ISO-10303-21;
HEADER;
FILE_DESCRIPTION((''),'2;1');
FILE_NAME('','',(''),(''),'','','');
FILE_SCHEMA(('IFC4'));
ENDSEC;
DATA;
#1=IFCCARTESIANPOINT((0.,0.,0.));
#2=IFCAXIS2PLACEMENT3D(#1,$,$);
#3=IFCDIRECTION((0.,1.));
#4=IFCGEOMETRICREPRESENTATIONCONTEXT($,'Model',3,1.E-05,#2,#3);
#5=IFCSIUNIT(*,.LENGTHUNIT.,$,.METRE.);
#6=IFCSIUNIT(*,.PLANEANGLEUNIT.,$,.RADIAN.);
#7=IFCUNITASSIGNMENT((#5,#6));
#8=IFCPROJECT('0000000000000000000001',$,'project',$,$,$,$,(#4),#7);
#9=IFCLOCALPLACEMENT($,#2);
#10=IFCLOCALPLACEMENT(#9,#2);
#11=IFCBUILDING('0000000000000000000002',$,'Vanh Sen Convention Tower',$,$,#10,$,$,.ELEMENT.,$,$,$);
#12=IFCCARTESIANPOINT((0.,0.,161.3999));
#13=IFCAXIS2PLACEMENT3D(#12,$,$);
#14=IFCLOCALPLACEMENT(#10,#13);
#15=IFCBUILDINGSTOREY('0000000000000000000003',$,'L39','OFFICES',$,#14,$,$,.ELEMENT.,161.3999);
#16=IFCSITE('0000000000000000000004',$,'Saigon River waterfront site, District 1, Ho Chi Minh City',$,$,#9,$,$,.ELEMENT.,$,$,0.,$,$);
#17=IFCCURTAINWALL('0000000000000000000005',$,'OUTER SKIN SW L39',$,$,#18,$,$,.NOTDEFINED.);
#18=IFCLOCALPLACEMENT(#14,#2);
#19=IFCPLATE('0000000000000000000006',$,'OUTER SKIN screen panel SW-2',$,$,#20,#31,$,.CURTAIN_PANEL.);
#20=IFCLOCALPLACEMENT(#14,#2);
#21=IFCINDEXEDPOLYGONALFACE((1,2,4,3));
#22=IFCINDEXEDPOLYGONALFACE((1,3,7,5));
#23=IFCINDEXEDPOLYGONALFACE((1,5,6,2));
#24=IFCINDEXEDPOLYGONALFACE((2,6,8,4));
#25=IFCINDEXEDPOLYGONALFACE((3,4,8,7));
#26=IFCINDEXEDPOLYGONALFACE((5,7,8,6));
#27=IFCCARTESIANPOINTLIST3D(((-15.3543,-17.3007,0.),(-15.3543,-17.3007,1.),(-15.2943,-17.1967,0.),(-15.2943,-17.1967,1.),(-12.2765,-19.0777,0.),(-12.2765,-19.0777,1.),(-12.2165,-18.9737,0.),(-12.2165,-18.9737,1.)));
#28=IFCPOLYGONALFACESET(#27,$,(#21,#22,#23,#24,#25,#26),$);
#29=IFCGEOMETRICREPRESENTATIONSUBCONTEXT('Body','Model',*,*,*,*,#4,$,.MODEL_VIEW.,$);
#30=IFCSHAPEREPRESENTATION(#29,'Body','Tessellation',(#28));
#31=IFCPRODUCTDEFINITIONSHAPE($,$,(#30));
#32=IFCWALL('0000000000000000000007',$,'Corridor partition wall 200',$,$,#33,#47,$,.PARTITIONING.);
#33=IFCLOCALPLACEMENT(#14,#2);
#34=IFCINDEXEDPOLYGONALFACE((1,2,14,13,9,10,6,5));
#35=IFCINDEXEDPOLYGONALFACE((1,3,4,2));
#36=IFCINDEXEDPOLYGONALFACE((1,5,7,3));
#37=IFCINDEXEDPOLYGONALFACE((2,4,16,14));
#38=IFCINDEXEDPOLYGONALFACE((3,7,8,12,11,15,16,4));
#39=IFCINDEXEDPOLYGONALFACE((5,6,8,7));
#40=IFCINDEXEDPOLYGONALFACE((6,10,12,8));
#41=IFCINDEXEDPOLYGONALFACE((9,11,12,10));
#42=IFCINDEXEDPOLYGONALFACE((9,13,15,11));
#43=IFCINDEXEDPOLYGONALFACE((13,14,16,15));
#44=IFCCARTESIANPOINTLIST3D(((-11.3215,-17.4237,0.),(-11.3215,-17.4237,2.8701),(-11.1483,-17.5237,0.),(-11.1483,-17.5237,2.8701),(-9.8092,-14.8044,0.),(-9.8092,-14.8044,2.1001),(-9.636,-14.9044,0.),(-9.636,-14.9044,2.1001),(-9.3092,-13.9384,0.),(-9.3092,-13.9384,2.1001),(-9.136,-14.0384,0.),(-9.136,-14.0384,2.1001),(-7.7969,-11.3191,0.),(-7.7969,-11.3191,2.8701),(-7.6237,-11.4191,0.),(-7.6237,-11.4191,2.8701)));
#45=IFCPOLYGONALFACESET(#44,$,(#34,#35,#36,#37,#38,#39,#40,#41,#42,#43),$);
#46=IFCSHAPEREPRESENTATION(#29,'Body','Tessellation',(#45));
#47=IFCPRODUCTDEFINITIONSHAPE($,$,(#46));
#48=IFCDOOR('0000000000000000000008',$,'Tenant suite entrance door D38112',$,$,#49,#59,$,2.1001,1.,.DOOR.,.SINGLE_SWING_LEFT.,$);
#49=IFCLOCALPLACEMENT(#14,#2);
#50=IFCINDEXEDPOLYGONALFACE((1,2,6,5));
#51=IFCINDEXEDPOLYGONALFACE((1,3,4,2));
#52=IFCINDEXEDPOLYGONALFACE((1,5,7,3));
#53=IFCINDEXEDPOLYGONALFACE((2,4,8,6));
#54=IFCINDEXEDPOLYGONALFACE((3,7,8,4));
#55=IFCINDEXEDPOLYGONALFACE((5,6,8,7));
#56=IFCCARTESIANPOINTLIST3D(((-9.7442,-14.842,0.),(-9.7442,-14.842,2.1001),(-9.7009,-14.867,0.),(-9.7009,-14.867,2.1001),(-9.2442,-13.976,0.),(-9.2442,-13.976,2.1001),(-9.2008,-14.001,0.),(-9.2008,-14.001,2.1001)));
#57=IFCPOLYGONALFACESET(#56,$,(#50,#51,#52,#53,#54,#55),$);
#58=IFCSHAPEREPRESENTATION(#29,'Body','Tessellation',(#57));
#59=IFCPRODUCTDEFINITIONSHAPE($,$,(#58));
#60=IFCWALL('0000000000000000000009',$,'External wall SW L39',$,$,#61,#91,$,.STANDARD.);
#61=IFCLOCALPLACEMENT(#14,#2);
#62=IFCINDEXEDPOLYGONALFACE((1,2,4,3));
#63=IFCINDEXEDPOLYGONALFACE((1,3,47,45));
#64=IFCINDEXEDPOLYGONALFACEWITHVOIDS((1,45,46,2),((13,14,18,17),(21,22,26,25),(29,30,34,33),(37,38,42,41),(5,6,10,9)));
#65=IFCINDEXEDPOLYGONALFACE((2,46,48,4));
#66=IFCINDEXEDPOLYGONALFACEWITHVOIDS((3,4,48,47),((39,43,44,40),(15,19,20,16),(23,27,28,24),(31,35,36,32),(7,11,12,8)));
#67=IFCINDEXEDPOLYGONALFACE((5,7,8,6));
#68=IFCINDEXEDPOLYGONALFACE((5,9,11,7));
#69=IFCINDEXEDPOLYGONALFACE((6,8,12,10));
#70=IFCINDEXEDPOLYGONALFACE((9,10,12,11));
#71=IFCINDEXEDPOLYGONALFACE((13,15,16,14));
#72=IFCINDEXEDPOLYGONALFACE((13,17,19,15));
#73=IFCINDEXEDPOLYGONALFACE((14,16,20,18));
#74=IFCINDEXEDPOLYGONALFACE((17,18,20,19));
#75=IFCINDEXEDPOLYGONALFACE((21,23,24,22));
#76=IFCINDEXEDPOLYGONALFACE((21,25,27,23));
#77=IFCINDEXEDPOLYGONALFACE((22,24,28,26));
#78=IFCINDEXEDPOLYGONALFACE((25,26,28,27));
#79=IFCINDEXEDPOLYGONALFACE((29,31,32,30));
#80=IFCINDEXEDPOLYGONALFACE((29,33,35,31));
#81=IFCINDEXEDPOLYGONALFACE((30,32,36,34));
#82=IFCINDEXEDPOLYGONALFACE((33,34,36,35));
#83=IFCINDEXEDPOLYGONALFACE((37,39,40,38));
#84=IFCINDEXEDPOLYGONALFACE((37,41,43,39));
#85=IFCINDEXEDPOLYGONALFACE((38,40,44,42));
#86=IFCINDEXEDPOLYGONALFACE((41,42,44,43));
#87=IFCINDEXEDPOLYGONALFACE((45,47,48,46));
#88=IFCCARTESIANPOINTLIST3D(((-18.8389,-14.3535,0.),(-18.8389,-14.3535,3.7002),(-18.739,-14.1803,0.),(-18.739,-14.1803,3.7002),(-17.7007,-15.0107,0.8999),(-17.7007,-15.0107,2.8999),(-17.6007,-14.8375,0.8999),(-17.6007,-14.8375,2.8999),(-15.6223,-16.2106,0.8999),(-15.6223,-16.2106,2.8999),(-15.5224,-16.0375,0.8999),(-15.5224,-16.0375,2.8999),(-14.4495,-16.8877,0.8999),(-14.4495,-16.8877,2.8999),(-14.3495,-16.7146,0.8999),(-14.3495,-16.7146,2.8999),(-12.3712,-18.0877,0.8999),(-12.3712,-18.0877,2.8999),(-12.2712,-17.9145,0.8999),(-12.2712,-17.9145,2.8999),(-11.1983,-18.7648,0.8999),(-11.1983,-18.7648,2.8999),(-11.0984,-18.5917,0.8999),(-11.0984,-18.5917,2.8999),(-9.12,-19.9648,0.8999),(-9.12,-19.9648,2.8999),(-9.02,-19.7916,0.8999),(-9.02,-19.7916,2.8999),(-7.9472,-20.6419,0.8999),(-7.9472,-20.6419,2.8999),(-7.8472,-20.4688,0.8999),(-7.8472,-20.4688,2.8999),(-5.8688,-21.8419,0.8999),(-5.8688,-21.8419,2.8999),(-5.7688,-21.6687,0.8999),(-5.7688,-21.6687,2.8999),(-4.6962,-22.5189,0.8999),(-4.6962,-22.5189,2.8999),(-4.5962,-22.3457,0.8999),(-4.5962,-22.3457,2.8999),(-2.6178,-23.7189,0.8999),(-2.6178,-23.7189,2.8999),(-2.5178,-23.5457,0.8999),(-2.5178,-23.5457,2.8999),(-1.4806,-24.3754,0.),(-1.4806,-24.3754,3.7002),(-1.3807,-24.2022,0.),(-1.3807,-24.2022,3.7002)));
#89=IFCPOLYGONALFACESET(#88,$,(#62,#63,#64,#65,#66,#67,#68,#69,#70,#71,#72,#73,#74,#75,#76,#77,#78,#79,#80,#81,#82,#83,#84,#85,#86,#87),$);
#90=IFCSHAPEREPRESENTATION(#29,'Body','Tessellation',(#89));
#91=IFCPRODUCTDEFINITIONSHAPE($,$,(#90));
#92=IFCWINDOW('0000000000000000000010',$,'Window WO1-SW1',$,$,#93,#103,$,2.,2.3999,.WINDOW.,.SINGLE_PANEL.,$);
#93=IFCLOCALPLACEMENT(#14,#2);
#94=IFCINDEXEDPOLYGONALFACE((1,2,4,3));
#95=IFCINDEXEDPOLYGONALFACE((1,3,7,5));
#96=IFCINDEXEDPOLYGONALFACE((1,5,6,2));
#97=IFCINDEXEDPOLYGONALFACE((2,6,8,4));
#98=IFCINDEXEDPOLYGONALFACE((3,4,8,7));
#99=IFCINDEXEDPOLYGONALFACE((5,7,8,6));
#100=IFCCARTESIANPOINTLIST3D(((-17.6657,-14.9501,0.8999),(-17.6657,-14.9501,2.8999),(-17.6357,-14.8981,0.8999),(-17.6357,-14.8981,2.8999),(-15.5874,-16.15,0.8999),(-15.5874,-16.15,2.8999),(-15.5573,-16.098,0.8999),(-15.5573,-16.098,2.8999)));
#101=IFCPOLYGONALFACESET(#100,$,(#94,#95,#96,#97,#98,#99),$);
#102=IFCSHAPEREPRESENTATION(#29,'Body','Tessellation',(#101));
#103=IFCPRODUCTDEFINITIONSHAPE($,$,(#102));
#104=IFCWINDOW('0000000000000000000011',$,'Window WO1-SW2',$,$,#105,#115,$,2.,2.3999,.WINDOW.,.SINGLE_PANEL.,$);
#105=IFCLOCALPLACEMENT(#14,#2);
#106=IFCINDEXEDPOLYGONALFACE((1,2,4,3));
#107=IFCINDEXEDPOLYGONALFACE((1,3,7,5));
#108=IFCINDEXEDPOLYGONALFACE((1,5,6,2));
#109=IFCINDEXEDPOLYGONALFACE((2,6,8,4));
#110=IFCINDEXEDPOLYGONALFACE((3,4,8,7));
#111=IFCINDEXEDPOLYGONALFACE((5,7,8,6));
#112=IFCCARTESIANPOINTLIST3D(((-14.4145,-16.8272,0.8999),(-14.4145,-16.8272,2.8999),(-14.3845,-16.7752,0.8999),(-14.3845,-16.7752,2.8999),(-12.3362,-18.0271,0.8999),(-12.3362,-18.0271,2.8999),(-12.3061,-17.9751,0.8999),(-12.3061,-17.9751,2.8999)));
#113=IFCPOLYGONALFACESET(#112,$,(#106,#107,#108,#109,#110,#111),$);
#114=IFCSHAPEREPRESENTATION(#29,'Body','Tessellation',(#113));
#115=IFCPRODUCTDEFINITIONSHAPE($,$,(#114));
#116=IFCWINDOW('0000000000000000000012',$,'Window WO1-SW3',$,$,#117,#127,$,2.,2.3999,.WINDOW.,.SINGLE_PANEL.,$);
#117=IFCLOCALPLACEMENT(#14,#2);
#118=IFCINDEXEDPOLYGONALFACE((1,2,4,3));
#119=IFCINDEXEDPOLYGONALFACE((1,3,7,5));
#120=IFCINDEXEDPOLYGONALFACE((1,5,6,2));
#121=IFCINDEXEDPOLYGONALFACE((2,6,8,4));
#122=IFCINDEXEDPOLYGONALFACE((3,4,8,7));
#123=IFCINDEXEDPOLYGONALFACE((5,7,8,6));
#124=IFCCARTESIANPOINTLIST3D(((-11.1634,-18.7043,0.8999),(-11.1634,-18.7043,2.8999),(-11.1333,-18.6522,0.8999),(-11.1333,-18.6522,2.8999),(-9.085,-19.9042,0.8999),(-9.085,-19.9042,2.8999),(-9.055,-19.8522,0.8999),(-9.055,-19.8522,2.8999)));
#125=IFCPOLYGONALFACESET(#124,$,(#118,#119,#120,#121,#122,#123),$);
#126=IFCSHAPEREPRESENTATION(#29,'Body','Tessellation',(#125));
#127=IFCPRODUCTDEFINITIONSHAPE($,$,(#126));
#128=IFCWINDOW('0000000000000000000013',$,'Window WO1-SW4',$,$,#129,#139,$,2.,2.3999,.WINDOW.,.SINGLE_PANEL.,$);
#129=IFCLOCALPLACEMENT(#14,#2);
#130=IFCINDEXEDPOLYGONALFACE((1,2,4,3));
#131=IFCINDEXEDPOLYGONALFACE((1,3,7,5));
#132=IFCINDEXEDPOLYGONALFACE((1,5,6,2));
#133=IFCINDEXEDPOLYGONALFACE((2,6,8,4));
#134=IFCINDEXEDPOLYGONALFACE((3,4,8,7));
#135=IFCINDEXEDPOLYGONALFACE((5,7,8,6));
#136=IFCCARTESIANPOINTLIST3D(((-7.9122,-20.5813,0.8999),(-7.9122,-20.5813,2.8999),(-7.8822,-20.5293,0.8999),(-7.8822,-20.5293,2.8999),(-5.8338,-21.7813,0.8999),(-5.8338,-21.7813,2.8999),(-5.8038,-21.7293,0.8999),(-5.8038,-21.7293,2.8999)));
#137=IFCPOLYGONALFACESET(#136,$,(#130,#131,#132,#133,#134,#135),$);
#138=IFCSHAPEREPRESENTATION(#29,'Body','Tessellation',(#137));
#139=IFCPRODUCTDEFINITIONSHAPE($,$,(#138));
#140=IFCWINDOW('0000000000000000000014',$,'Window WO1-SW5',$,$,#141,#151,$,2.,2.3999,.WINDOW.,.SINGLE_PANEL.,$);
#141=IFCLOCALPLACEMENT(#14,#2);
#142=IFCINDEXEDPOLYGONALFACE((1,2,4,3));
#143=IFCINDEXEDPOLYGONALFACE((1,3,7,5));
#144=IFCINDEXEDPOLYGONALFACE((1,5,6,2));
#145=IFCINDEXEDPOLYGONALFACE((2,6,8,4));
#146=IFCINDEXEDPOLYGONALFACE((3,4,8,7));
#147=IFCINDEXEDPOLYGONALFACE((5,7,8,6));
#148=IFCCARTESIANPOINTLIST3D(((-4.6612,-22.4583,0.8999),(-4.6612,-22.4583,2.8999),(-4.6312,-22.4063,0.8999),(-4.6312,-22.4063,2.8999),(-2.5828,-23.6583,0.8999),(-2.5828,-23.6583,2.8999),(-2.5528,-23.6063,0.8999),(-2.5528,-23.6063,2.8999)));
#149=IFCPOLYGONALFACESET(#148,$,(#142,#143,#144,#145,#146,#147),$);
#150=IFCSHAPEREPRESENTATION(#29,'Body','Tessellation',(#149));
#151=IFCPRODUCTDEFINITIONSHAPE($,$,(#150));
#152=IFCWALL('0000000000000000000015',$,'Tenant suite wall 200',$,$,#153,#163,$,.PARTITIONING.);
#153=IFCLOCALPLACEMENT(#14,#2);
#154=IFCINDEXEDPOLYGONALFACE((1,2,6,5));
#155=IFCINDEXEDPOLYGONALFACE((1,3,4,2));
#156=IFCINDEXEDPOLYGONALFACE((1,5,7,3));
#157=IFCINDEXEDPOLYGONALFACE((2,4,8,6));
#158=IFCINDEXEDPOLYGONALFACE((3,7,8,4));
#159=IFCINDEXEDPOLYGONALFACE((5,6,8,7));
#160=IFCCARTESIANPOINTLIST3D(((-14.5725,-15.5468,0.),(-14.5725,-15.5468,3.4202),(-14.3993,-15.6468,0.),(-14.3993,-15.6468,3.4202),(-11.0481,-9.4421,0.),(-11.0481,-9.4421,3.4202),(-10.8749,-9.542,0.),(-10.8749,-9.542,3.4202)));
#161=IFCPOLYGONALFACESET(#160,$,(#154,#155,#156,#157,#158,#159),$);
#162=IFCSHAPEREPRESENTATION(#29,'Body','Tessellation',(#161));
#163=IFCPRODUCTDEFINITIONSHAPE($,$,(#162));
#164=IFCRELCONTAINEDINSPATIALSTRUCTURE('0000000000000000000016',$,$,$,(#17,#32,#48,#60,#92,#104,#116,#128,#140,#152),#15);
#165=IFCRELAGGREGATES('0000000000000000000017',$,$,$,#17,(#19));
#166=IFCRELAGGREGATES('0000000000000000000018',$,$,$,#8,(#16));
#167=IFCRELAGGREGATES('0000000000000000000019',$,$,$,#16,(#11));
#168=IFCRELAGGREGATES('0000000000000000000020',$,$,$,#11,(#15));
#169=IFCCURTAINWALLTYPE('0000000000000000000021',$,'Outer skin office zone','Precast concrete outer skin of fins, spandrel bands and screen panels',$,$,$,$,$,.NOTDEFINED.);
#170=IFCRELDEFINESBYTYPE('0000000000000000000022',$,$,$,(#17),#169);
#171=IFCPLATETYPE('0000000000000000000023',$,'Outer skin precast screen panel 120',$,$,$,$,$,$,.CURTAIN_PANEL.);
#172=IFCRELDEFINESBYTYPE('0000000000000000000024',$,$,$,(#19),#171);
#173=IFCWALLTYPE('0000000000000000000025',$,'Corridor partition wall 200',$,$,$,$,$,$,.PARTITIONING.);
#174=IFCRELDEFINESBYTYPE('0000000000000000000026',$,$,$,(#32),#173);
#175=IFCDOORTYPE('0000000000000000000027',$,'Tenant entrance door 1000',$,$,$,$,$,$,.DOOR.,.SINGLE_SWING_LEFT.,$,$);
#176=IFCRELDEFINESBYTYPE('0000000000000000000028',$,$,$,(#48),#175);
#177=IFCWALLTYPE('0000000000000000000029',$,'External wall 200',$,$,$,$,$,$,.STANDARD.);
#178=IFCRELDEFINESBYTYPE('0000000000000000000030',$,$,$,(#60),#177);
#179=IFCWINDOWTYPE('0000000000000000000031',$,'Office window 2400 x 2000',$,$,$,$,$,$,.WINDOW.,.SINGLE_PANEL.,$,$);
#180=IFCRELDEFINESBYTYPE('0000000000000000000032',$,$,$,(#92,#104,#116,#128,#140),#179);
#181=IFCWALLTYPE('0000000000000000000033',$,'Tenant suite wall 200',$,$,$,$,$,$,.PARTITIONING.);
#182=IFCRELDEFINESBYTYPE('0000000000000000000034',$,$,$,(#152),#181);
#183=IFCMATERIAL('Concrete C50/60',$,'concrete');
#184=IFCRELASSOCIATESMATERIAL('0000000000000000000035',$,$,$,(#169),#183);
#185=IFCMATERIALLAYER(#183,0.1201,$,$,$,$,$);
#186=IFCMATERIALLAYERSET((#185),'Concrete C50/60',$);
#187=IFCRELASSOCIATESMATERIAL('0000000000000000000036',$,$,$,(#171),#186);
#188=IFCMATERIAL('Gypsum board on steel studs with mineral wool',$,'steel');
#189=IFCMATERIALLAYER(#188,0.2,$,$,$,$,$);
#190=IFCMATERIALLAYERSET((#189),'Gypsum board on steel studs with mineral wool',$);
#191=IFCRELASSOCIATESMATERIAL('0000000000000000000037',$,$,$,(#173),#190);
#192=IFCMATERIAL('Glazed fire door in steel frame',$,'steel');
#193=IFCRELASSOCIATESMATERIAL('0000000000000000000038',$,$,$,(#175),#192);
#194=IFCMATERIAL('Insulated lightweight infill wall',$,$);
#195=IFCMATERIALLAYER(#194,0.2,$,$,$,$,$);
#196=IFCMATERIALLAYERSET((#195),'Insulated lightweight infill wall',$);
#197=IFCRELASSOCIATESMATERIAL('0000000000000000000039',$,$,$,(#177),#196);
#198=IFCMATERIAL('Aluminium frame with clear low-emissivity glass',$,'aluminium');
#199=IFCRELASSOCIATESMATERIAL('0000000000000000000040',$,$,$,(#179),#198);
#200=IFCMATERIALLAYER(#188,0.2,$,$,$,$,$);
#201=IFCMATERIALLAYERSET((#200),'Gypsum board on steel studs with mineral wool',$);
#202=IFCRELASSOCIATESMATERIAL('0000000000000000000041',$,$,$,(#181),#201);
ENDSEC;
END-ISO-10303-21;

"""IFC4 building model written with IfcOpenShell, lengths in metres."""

from ifc_helpers import new_model, si_unit, direction, frame, frame_2d, origin, origin_2d, place, context, subcontext, project, spatial, rectangle, extrude, material, layer, layer_set, type_object, element, fill, aggregate, save


model = new_model("IFC4")

# Units and contexts
model_context = context("Model", 3, precision=1e-05, world=origin(), true_north=direction((0.0, 1.0)))
body_context = subcontext(model_context, "Body", "Model", "MODEL_VIEW")
ifc_project = project(units=[si_unit("LENGTHUNIT", "METRE"), si_unit("PLANEANGLEUNIT", "RADIAN")], contexts=[model_context])

# Site, building, storey
site_placement = place(None, origin())
site = spatial("IfcSite", under=ifc_project, at=site_placement, Name="Saigon River waterfront site, District 1, Ho Chi Minh City", CompositionType="ELEMENT", RefElevation=0.0)
building_placement = place(site_placement, origin())
building = spatial("IfcBuilding", under=site, at=building_placement, Name="Vanh Sen Convention Tower", CompositionType="ELEMENT")
storey_placement = place(building_placement, frame((0.0, 0.0, 161.3999)))
storey = spatial("IfcBuildingStorey", under=building, at=storey_placement, Name="L39", Description="OFFICES", CompositionType="ELEMENT", Elevation=161.3999)

# Curtain wall
ifc_material_1 = material(Name="Concrete C50/60", Category="concrete")
curtain_wall_type = type_object("IfcCurtainWallType", Name="Outer skin office zone", Description="Precast concrete outer skin of fins, spandrel bands and screen panels", PredefinedType="NOTDEFINED", material=ifc_material_1)
curtain_wall_placement = place(storey_placement, origin())
curtain_wall = element("IfcCurtainWall", 1, at=curtain_wall_placement, inside=storey, type_object=curtain_wall_type, Name="OUTER SKIN SW L39", PredefinedType="NOTDEFINED")

# Plate
ifc_layer_1 = layer(ifc_material_1, 0.1201)
ifc_layer_set_1 = layer_set([ifc_layer_1], Name="Concrete C50/60")
plate_type = type_object("IfcPlateType", Name="Outer skin precast screen panel 120", PredefinedType="CURTAIN_PANEL", material=ifc_layer_set_1)
plate_1_placement = place(storey_placement, frame((-13.7854, -18.1372, 0.0), z_axis=(0.0, 0.0, 1.0), x_axis=(0.866028, -0.499995, 0.0)))
plate_1 = element("IfcPlate", 2, at=plate_1_placement, type_object=plate_type, Name="OUTER SKIN screen panel SW-2", PredefinedType="CURTAIN_PANEL", context=body_context, shape_type="SweptSolid", body=[
    extrude(rectangle(XDim=3.554, YDim=0.1201, at=origin_2d()), origin(), (0.0, 0.0, 1.0), 1.0),
])
aggregate(curtain_wall, [plate_1])

# Wall, opening, door
ifc_material_2 = material(Name="Gypsum board on steel studs with mineral wool", Category="steel")
ifc_layer_2 = layer(ifc_material_2, 0.2)
ifc_layer_set_2 = layer_set([ifc_layer_2], Name="Gypsum board on steel studs with mineral wool")
wall_type_1 = type_object("IfcWallType", Name="Corridor partition wall 200", PredefinedType="PARTITIONING", material=ifc_layer_set_2)
wall_1_placement = place(storey_placement, frame((-11.2349, -17.4736, 0.0), z_axis=(0.0, 0.0, 1.0), x_axis=(0.500009, 0.86602, 0.0)))
wall_1 = element("IfcWall", 3, at=wall_1_placement, inside=storey, type_object=wall_type_1, Name="Corridor partition wall 200", PredefinedType="PARTITIONING", context=body_context, shape_type="SweptSolid", body=[
    extrude(rectangle(XDim=7.0491, YDim=0.2, at=frame_2d((3.5244, 0.0))), origin(), (0.0, 0.0, 1.0), 2.8701),
])
opening_1_placement = place(wall_1_placement, frame((3.0244, 0.0, 0.0)))
opening_1 = element("IfcOpeningElement", 4, at=opening_1_placement, cuts=wall_1, PredefinedType="OPENING", context=body_context, shape_type="SweptSolid", body=[
    extrude(rectangle(XDim=1.0, YDim=2.1001, at=frame_2d((0.5, 1.05))), frame((0.0, 0.1099, 0.0), z_axis=(0.0, -1.0, 0.0), x_axis=(1.0, 0.0, 0.0)), (0.0, 0.0, 1.0), 0.22),
])
ifc_material_3 = material(Name="Glazed fire door in steel frame", Category="steel")
door_type = type_object("IfcDoorType", Name="Tenant entrance door 1000", OperationType="SINGLE_SWING_LEFT", PredefinedType="DOOR", material=ifc_material_3)
door_placement = place(opening_1_placement, origin())
door = element("IfcDoor", 5, at=door_placement, inside=storey, type_object=door_type, Name="Tenant suite entrance door D38112", OperationType="SINGLE_SWING_LEFT", OverallHeight=2.1001, OverallWidth=1.0, PredefinedType="DOOR", context=body_context, shape_type="SweptSolid", body=[
    extrude(rectangle(XDim=1.0, YDim=2.1001, at=frame_2d((0.5, 1.05))), frame((0.0, 0.0249, 0.0), z_axis=(0.0, -1.0, 0.0), x_axis=(1.0, 0.0, 0.0)), (0.0, 0.0, 1.0), 0.05),
])
fill(opening_1, door)

# Wall, openings, windows
ifc_material_4 = material(Name="Insulated lightweight infill wall")
ifc_layer_3 = layer(ifc_material_4, 0.2)
ifc_layer_set_3 = layer_set([ifc_layer_3], Name="Insulated lightweight infill wall")
wall_type_2 = type_object("IfcWallType", Name="External wall 200", PredefinedType="STANDARD", material=ifc_layer_set_3)
wall_2_placement = place(storey_placement, frame((-18.7891, -14.2668, 0.0), z_axis=(0.0, 0.0, 1.0), x_axis=(0.866023, -0.500004, 0.0)))
wall_2 = element("IfcWall", 6, at=wall_2_placement, inside=storey, type_object=wall_type_2, Name="External wall SW L39", PredefinedType="STANDARD", context=body_context, shape_type="SweptSolid", body=[
    extrude(rectangle(XDim=20.0437, YDim=0.2, at=frame_2d((10.022, 0.0))), origin(), (0.0, 0.0, 1.0), 3.7002),
])
opening_2_placement = place(wall_2_placement, frame((1.3145, 0.0, 0.8999)))
opening_2 = element("IfcOpeningElement", 7, at=opening_2_placement, cuts=wall_2, PredefinedType="OPENING", context=body_context, shape_type="SweptSolid", body=[
    extrude(rectangle(XDim=2.3999, YDim=2.0, at=frame_2d((1.2, 1.0))), frame((0.0, 0.1099, 0.0), z_axis=(0.0, -1.0, 0.0), x_axis=(1.0, 0.0, 0.0)), (0.0, 0.0, 1.0), 0.22),
])
opening_3_placement = place(wall_2_placement, frame((5.0686, 0.0, 0.8999)))
opening_3 = element("IfcOpeningElement", 8, at=opening_3_placement, cuts=wall_2, PredefinedType="OPENING", context=body_context, shape_type="SweptSolid", body=[
    extrude(rectangle(XDim=2.3999, YDim=2.0, at=frame_2d((1.2, 1.0))), frame((0.0, 0.1099, 0.0), z_axis=(0.0, -1.0, 0.0), x_axis=(1.0, 0.0, 0.0)), (0.0, 0.0, 1.0), 0.22),
])
opening_4_placement = place(wall_2_placement, frame((8.8228, 0.0, 0.8999)))
opening_4 = element("IfcOpeningElement", 9, at=opening_4_placement, cuts=wall_2, PredefinedType="OPENING", context=body_context, shape_type="SweptSolid", body=[
    extrude(rectangle(XDim=2.3999, YDim=2.0, at=frame_2d((1.2, 1.0))), frame((0.0, 0.1099, 0.0), z_axis=(0.0, -1.0, 0.0), x_axis=(1.0, 0.0, 0.0)), (0.0, 0.0, 1.0), 0.22),
])
opening_5_placement = place(wall_2_placement, frame((12.5769, 0.0, 0.8999)))
opening_5 = element("IfcOpeningElement", 10, at=opening_5_placement, cuts=wall_2, PredefinedType="OPENING", context=body_context, shape_type="SweptSolid", body=[
    extrude(rectangle(XDim=2.3999, YDim=2.0, at=frame_2d((1.2, 1.0))), frame((0.0, 0.1099, 0.0), z_axis=(0.0, -1.0, 0.0), x_axis=(1.0, 0.0, 0.0)), (0.0, 0.0, 1.0), 0.22),
])
opening_6_placement = place(wall_2_placement, frame((16.3308, 0.0, 0.8999)))
opening_6 = element("IfcOpeningElement", 11, at=opening_6_placement, cuts=wall_2, PredefinedType="OPENING", context=body_context, shape_type="SweptSolid", body=[
    extrude(rectangle(XDim=2.3999, YDim=2.0, at=frame_2d((1.2, 1.0))), frame((0.0, 0.1099, 0.0), z_axis=(0.0, -1.0, 0.0), x_axis=(1.0, 0.0, 0.0)), (0.0, 0.0, 1.0), 0.22),
])
ifc_material_5 = material(Name="Aluminium frame with clear low-emissivity glass", Category="aluminium")
window_type = type_object("IfcWindowType", Name="Office window 2400 x 2000", PartitioningType="SINGLE_PANEL", PredefinedType="WINDOW", material=ifc_material_5)
window_1_placement = place(opening_2_placement, origin())
window_1 = element("IfcWindow", 12, at=window_1_placement, inside=storey, type_object=window_type, Name="Window WO1-SW1", OverallHeight=2.0, OverallWidth=2.3999, PartitioningType="SINGLE_PANEL", PredefinedType="WINDOW", context=body_context, shape_type="SweptSolid", body=[
    extrude(rectangle(XDim=2.3999, YDim=2.0, at=frame_2d((1.2, 1.0))), frame((0.0, 0.03, 0.0), z_axis=(0.0, -1.0, 0.0), x_axis=(1.0, 0.0, 0.0)), (0.0, 0.0, 1.0), 0.0601),
])
fill(opening_2, window_1)
window_2_placement = place(opening_3_placement, origin())
window_2 = element("IfcWindow", 13, at=window_2_placement, inside=storey, type_object=window_type, Name="Window WO1-SW2", OverallHeight=2.0, OverallWidth=2.3999, PartitioningType="SINGLE_PANEL", PredefinedType="WINDOW", context=body_context, shape_type="SweptSolid", body=[
    extrude(rectangle(XDim=2.3999, YDim=2.0, at=frame_2d((1.2, 1.0))), frame((0.0, 0.03, 0.0), z_axis=(0.0, -1.0, 0.0), x_axis=(1.0, 0.0, 0.0)), (0.0, 0.0, 1.0), 0.0601),
])
fill(opening_3, window_2)
window_3_placement = place(opening_4_placement, origin())
window_3 = element("IfcWindow", 14, at=window_3_placement, inside=storey, type_object=window_type, Name="Window WO1-SW3", OverallHeight=2.0, OverallWidth=2.3999, PartitioningType="SINGLE_PANEL", PredefinedType="WINDOW", context=body_context, shape_type="SweptSolid", body=[
    extrude(rectangle(XDim=2.3999, YDim=2.0, at=frame_2d((1.2, 1.0))), frame((0.0, 0.03, 0.0), z_axis=(0.0, -1.0, 0.0), x_axis=(1.0, 0.0, 0.0)), (0.0, 0.0, 1.0), 0.0601),
])
fill(opening_4, window_3)
window_4_placement = place(opening_5_placement, origin())
window_4 = element("IfcWindow", 15, at=window_4_placement, inside=storey, type_object=window_type, Name="Window WO1-SW4", OverallHeight=2.0, OverallWidth=2.3999, PartitioningType="SINGLE_PANEL", PredefinedType="WINDOW", context=body_context, shape_type="SweptSolid", body=[
    extrude(rectangle(XDim=2.3999, YDim=2.0, at=frame_2d((1.2, 1.0))), frame((0.0, 0.03, 0.0), z_axis=(0.0, -1.0, 0.0), x_axis=(1.0, 0.0, 0.0)), (0.0, 0.0, 1.0), 0.0601),
])
fill(opening_5, window_4)
window_5_placement = place(opening_6_placement, origin())
window_5 = element("IfcWindow", 16, at=window_5_placement, inside=storey, type_object=window_type, Name="Window WO1-SW5", OverallHeight=2.0, OverallWidth=2.3999, PartitioningType="SINGLE_PANEL", PredefinedType="WINDOW", context=body_context, shape_type="SweptSolid", body=[
    extrude(rectangle(XDim=2.3999, YDim=2.0, at=frame_2d((1.2, 1.0))), frame((0.0, 0.03, 0.0), z_axis=(0.0, -1.0, 0.0), x_axis=(1.0, 0.0, 0.0)), (0.0, 0.0, 1.0), 0.0601),
])
fill(opening_6, window_5)

# Wall
ifc_layer_4 = layer(ifc_material_2, 0.2)
ifc_layer_set_4 = layer_set([ifc_layer_4], Name="Gypsum board on steel studs with mineral wool")
wall_type_3 = type_object("IfcWallType", Name="Tenant suite wall 200", PredefinedType="PARTITIONING", material=ifc_layer_set_4)
wall_3_placement = place(storey_placement, frame((-14.4858, -15.5967, 0.0), z_axis=(0.0, 0.0, 1.0), x_axis=(0.499983, 0.866035, 0.0)))
element("IfcWall", 17, at=wall_3_placement, inside=storey, type_object=wall_type_3, Name="Tenant suite wall 200", PredefinedType="PARTITIONING", context=body_context, shape_type="SweptSolid", body=[
    extrude(rectangle(XDim=7.0491, YDim=0.2, at=frame_2d((3.5244, 0.0))), origin(), (0.0, 0.0, 1.0), 3.4202),
])

save(model, "model.ifc")
